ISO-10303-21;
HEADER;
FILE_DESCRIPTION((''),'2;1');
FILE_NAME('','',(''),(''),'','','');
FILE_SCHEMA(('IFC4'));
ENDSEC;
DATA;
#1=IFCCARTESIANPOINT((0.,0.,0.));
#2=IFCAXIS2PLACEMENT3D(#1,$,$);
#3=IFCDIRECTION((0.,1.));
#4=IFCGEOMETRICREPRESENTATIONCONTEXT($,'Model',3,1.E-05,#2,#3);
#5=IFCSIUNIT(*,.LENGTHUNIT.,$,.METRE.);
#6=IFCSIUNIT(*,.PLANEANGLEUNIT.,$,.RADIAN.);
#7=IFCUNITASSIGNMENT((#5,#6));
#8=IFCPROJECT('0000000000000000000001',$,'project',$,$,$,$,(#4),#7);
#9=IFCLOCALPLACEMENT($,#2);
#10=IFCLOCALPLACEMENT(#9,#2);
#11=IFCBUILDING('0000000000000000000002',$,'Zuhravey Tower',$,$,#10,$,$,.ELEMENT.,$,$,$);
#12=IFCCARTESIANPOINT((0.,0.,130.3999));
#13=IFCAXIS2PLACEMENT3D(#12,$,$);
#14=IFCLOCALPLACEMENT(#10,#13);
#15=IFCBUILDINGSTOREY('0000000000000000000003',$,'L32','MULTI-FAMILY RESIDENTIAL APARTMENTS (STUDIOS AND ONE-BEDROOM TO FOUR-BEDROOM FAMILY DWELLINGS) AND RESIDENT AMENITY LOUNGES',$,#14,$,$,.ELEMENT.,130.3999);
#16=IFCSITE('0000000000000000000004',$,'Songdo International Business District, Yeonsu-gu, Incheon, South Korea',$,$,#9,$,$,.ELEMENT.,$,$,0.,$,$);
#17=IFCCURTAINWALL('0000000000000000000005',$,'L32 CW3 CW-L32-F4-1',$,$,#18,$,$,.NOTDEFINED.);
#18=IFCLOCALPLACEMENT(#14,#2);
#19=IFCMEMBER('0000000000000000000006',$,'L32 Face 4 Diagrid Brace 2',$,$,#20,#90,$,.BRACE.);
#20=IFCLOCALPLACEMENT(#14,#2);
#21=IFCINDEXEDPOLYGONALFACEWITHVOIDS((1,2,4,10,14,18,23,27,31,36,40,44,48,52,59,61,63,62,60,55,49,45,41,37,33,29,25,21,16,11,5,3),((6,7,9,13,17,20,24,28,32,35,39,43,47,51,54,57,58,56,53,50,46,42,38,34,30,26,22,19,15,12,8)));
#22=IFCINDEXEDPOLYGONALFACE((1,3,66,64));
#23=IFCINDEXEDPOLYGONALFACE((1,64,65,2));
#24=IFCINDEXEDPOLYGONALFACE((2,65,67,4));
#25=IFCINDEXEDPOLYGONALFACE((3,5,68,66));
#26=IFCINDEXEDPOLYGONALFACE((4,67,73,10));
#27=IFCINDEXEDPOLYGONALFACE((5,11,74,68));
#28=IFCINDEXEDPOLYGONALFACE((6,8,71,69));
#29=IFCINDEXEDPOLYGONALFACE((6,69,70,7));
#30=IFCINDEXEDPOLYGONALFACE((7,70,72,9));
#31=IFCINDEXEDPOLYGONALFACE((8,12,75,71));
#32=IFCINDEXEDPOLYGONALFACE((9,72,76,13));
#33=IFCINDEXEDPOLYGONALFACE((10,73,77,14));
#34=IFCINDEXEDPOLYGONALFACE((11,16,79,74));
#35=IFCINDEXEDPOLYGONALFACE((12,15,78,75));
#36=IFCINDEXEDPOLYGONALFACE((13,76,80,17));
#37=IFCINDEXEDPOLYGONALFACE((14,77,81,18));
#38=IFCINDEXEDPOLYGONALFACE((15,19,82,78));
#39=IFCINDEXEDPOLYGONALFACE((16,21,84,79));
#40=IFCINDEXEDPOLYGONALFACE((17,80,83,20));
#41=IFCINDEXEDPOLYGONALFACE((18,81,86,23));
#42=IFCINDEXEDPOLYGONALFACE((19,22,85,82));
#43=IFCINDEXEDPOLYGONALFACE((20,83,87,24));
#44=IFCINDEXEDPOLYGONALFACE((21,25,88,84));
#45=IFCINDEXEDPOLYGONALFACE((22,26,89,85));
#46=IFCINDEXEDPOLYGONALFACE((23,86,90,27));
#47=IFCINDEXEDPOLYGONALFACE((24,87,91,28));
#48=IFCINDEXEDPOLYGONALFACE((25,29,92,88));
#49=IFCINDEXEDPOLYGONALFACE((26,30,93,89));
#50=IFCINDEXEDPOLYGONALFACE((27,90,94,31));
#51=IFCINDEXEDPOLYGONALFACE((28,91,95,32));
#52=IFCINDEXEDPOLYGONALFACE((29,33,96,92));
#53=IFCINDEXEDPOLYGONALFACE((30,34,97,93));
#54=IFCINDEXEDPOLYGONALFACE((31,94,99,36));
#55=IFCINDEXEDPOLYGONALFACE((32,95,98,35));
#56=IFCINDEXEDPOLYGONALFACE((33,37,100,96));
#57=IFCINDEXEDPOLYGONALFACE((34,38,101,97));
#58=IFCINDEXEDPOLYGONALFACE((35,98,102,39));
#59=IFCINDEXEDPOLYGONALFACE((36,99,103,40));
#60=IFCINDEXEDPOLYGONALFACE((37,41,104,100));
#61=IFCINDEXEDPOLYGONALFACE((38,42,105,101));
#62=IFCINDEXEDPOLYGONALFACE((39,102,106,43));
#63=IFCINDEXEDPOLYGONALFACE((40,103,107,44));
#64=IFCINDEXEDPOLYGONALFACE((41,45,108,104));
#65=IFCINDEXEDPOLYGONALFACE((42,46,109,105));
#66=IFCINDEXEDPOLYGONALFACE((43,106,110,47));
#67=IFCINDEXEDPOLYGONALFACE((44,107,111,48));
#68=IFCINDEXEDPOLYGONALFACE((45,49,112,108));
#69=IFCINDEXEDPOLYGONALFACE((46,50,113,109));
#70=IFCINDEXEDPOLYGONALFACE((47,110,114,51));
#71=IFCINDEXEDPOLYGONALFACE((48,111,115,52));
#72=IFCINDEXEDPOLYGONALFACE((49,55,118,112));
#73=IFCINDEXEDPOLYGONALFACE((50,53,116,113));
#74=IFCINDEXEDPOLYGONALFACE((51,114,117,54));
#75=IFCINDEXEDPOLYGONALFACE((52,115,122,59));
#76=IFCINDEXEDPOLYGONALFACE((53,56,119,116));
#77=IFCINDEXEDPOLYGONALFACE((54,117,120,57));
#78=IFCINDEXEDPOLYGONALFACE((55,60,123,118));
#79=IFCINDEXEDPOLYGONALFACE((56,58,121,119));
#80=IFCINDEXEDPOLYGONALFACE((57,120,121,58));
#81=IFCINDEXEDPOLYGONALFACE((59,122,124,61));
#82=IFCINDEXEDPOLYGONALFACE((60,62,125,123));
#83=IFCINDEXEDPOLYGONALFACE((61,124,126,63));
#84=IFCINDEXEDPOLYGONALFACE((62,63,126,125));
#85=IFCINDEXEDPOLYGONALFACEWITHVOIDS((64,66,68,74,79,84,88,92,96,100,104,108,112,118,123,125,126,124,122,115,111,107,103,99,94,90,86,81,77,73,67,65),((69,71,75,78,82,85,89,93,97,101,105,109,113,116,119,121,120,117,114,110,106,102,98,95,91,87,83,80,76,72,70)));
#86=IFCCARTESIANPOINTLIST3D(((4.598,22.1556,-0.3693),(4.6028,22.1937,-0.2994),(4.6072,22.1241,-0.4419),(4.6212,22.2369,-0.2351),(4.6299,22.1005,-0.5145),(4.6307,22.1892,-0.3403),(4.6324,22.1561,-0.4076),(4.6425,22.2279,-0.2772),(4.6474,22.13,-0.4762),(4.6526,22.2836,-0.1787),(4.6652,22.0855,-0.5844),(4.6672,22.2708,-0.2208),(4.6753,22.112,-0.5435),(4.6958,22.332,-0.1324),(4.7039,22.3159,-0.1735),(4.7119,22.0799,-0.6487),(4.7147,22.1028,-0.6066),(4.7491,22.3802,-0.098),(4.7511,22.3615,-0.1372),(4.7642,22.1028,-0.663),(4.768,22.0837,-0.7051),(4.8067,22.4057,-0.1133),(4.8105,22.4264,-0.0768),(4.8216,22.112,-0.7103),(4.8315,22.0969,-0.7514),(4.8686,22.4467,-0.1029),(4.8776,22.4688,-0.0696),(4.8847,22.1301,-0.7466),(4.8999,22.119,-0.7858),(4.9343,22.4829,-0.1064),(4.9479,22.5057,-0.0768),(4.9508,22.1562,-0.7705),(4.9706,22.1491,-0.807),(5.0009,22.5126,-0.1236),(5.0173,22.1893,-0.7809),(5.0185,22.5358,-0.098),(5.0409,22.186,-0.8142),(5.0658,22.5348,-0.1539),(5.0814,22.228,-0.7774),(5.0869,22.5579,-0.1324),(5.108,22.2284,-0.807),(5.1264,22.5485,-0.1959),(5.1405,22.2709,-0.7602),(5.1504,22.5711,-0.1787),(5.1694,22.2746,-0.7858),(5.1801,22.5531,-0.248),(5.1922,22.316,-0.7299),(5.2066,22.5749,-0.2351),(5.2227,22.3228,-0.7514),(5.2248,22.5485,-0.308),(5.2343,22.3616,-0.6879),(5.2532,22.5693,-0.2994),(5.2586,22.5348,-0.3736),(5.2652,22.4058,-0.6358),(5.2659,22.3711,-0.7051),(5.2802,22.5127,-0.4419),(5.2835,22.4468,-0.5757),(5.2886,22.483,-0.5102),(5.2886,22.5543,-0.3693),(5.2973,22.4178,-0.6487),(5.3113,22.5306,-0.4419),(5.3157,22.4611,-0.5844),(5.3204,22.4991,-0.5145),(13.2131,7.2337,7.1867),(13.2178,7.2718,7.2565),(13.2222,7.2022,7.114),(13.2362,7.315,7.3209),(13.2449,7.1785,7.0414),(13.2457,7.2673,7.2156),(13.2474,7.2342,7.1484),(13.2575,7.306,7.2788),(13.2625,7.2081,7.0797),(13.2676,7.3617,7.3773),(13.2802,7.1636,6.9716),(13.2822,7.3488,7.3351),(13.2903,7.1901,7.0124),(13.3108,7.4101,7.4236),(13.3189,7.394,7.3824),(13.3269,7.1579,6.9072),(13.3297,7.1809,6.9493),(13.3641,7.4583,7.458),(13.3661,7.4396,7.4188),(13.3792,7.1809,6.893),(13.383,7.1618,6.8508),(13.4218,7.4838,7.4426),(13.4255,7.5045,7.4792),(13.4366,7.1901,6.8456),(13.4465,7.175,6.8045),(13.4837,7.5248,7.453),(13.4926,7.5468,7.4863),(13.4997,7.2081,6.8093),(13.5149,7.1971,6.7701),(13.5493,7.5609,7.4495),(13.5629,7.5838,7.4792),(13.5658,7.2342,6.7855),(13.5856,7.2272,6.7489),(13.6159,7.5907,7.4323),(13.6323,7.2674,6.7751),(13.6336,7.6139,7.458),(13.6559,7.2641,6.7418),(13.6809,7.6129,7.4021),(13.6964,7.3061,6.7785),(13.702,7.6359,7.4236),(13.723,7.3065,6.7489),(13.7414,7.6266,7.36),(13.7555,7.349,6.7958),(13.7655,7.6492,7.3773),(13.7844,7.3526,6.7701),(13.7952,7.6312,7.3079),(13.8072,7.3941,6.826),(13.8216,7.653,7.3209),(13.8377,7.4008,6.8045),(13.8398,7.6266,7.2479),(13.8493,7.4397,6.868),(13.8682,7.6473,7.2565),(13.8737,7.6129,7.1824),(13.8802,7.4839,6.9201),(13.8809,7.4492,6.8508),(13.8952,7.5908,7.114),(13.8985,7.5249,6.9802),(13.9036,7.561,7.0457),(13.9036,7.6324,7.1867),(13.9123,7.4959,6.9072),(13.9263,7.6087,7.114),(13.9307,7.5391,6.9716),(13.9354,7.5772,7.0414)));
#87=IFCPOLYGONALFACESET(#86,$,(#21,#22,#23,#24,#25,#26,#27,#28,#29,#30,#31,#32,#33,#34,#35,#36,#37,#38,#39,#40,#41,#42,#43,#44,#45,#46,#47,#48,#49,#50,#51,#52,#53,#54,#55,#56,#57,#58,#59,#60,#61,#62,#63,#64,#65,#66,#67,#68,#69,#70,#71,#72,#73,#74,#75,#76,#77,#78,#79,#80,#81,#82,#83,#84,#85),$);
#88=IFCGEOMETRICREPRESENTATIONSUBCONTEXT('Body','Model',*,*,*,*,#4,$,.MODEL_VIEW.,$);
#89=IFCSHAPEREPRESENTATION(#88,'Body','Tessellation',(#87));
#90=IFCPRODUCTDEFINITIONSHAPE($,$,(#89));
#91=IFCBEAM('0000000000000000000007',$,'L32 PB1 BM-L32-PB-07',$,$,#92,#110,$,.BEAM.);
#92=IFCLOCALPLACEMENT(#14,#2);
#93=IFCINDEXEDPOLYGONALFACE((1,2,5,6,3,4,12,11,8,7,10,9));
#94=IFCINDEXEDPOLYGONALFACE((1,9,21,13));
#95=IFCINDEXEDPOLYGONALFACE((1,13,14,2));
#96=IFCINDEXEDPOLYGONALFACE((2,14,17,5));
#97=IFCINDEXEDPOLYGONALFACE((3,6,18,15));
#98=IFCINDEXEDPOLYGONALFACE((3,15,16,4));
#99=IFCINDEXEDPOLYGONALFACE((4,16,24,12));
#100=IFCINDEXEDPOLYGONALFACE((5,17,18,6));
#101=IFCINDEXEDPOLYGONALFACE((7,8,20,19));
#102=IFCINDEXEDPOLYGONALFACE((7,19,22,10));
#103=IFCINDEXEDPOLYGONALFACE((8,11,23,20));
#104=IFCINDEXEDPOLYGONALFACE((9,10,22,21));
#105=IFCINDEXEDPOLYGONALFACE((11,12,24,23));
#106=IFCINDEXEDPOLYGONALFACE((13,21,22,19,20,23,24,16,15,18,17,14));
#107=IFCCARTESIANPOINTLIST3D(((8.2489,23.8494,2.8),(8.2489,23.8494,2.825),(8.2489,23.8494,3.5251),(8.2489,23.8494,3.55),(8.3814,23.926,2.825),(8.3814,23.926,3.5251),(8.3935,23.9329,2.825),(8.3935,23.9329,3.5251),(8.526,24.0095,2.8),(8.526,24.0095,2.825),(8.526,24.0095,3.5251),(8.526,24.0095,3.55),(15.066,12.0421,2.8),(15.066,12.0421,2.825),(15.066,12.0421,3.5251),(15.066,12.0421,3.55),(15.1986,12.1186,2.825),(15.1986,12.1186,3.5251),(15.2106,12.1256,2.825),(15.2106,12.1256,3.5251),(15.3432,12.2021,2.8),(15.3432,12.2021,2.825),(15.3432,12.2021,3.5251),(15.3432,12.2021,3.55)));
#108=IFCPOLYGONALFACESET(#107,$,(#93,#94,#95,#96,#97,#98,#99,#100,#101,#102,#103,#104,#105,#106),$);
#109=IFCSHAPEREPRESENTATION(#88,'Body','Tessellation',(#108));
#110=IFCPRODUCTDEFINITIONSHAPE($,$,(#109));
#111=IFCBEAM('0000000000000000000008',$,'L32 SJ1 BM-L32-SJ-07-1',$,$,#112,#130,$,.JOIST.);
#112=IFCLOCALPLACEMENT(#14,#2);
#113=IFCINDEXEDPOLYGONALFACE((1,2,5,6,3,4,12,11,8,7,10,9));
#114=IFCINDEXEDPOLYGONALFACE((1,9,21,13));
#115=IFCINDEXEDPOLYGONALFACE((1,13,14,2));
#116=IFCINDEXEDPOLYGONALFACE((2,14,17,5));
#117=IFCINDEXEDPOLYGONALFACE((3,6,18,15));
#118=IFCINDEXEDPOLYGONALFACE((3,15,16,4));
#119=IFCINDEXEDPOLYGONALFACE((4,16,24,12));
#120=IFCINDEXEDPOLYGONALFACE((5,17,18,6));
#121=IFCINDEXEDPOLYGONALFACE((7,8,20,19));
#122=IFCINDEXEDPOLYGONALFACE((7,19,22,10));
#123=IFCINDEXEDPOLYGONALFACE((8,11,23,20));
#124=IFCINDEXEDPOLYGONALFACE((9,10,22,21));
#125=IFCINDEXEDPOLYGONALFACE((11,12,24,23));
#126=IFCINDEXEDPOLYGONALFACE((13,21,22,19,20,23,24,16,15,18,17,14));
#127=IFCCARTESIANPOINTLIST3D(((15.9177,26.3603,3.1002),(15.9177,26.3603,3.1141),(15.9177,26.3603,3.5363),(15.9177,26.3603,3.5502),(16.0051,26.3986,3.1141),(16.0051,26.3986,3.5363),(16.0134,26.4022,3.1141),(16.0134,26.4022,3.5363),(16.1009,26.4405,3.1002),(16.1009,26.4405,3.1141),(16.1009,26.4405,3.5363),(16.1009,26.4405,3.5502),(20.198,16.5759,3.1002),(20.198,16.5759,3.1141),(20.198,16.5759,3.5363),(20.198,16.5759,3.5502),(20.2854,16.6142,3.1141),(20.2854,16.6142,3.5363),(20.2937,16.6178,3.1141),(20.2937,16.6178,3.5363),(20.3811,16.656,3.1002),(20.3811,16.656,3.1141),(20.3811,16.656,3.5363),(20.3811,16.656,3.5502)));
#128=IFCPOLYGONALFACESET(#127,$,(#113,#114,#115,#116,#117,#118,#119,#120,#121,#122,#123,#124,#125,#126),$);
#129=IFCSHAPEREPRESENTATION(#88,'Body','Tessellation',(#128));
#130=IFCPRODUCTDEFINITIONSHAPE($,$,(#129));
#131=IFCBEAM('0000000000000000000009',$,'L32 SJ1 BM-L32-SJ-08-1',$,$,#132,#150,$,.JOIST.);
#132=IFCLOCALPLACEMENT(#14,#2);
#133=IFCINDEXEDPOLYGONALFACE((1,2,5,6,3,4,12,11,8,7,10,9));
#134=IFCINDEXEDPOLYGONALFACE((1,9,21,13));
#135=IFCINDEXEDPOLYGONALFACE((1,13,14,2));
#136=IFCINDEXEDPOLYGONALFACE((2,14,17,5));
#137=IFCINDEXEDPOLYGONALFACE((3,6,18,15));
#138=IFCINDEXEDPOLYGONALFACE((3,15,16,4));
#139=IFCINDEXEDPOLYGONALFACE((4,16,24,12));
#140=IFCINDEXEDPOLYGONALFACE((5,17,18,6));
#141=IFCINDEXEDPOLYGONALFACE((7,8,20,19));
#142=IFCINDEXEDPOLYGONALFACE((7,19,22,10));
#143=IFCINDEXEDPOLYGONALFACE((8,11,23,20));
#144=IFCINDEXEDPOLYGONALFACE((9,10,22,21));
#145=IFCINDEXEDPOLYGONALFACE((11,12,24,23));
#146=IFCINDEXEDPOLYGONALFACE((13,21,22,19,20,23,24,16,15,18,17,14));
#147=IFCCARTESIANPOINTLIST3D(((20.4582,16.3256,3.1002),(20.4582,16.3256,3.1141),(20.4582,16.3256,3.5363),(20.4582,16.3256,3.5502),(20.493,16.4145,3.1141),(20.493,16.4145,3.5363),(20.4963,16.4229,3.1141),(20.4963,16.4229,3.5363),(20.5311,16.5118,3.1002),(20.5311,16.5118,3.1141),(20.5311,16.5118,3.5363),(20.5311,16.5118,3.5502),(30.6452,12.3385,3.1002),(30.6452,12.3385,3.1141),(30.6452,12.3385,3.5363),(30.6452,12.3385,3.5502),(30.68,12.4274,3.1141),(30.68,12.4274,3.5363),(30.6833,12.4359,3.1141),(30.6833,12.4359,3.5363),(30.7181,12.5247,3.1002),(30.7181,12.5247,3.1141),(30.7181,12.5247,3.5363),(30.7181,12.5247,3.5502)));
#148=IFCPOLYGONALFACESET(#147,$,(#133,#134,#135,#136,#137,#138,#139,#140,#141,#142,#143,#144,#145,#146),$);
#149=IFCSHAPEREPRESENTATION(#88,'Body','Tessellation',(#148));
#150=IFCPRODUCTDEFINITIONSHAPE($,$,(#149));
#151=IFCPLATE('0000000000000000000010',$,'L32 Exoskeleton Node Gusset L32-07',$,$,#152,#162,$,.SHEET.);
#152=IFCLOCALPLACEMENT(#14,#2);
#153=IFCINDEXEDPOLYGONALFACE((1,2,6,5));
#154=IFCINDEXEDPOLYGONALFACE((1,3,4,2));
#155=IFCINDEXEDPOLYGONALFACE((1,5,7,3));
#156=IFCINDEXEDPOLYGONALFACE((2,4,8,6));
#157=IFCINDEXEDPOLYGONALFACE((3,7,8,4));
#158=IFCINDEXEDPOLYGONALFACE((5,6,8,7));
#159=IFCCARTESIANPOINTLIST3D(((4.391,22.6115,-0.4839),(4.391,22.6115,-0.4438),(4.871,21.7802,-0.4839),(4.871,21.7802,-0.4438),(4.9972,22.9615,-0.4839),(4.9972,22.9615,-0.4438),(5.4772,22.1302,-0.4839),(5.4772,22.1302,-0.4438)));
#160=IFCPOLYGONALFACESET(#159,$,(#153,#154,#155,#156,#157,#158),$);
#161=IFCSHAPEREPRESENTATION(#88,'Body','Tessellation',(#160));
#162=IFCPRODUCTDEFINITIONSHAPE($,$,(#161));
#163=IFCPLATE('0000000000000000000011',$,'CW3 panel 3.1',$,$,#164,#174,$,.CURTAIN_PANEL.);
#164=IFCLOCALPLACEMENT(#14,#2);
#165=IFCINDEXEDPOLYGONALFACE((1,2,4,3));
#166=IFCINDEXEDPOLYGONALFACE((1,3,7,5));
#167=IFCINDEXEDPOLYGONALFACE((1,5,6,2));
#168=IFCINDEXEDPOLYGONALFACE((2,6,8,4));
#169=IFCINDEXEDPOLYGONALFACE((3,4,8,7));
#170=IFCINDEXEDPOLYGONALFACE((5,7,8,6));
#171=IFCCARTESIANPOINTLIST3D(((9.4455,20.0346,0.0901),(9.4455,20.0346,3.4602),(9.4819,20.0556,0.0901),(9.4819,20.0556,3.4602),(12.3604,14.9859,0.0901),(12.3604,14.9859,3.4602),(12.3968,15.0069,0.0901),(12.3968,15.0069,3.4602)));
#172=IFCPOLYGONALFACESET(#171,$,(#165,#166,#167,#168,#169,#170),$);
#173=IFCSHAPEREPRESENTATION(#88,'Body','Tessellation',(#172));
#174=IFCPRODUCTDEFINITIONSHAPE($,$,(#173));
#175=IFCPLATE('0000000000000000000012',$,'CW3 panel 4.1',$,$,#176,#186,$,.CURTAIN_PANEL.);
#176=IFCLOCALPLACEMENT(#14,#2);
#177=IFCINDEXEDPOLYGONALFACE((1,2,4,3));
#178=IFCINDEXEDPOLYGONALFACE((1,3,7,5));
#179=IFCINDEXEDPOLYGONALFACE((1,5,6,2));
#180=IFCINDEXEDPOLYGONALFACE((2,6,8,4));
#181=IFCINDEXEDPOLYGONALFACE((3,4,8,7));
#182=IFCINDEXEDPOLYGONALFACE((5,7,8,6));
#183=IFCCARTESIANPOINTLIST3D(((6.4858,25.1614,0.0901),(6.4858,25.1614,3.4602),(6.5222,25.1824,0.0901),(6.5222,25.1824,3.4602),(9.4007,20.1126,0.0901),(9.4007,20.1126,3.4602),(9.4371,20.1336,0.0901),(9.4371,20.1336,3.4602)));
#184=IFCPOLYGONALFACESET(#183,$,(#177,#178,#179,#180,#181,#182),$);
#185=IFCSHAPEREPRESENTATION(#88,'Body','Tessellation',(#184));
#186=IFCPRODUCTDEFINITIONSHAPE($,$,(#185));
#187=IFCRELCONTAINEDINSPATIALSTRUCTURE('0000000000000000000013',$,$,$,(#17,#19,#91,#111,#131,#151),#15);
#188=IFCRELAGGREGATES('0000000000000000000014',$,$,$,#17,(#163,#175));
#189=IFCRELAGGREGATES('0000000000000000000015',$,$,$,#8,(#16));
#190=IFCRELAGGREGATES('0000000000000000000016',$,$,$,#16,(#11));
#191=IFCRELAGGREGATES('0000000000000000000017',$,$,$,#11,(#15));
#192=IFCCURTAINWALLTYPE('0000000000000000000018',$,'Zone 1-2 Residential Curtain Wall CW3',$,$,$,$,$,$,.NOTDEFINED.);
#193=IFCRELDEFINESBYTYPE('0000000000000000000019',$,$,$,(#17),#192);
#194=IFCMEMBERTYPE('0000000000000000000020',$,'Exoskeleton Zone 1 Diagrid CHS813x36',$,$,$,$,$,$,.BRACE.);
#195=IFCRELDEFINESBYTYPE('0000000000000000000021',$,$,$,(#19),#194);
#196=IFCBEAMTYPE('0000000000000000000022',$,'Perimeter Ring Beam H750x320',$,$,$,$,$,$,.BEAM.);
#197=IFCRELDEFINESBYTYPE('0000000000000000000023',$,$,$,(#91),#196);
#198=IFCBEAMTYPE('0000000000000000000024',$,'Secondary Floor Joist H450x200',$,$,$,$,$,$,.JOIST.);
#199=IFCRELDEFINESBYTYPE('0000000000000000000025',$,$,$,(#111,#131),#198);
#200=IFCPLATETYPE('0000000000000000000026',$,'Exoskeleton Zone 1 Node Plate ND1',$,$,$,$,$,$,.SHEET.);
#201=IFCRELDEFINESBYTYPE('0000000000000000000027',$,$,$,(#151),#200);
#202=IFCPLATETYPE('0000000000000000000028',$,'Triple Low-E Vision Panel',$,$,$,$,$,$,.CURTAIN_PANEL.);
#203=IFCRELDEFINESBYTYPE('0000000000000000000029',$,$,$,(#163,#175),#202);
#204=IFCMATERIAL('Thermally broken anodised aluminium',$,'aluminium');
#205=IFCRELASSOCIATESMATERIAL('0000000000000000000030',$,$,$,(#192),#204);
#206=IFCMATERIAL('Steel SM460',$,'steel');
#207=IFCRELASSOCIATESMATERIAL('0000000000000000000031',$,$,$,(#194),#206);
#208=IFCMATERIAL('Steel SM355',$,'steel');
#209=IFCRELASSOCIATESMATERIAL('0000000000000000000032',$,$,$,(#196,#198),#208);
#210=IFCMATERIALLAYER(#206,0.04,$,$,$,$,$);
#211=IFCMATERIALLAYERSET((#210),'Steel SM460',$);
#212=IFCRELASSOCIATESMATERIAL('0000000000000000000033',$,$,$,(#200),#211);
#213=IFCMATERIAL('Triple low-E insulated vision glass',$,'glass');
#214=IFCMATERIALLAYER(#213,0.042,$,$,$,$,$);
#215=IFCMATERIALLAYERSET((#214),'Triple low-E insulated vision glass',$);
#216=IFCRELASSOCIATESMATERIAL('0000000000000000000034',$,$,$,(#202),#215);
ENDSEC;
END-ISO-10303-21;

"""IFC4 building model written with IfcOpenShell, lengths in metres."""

from ifc_helpers import new_model, si_unit, direction, frame, origin, origin_2d, place, context, subcontext, project, spatial, rectangle, hollow_circle, i_section, extrude, material, layer, layer_set, material_profile, profile_set, type_object, element, aggregate, save


model = new_model("IFC4")

# Units and contexts
model_context = context("Model", 3, precision=1e-05, world=origin(), true_north=direction((0.0, 1.0)))
body_context = subcontext(model_context, "Body", "Model", "MODEL_VIEW")
ifc_project = project(units=[si_unit("LENGTHUNIT", "METRE"), si_unit("PLANEANGLEUNIT", "RADIAN")], contexts=[model_context])

# Site, building, storey
site_placement = place(None, origin())
site = spatial("IfcSite", under=ifc_project, at=site_placement, Name="Songdo International Business District, Yeonsu-gu, Incheon, South Korea", CompositionType="ELEMENT", RefElevation=0.0)
building_placement = place(site_placement, origin())
building = spatial("IfcBuilding", under=site, at=building_placement, Name="Zuhravey Tower", CompositionType="ELEMENT")
storey_placement = place(building_placement, frame((0.0, 0.0, 130.3999)))
storey = spatial("IfcBuildingStorey", under=building, at=storey_placement, Name="L32", Description="MULTI-FAMILY RESIDENTIAL APARTMENTS (STUDIOS AND ONE-BEDROOM TO FOUR-BEDROOM FAMILY DWELLINGS) AND RESIDENT AMENITY LOUNGES", CompositionType="ELEMENT", Elevation=130.3999)

# Curtain wall
ifc_material_1 = material(Name="Thermally broken anodised aluminium", Category="aluminium")
curtain_wall_type = type_object("IfcCurtainWallType", Name="Zone 1-2 Residential Curtain Wall CW3", PredefinedType="NOTDEFINED", material=ifc_material_1)
curtain_wall_placement = place(storey_placement, origin())
curtain_wall = element("IfcCurtainWall", 1, at=curtain_wall_placement, inside=storey, type_object=curtain_wall_type, Name="L32 CW3 CW-L32-F4-1", PredefinedType="NOTDEFINED")

# Member
ifc_material_2 = material(Name="Steel SM355", Category="steel")
ifc_material_3 = material(Name="Steel SM460", Category="steel")
ifc_material_profile_1 = material_profile(ifc_material_3, hollow_circle(Radius=0.4065, WallThickness=0.0359, at=origin_2d()), Name="CHS-812.8x36")
ifc_profile_set_1 = profile_set([ifc_material_profile_1], Name="Steel SM460")
member_type_1 = type_object("IfcMemberType", Name="Exoskeleton Zone 1 Diagrid CHS813x36", PredefinedType="BRACE", material=ifc_profile_set_1)
member_1_placement = place(storey_placement, frame((4.9592, 22.3274, -0.4419), z_axis=(0.4579, -0.79312, 0.401608), x_axis=(0.866029, 0.499993, 0.0)))
element("IfcMember", 2, at=member_1_placement, inside=storey, type_object=member_type_1, Name="L32 Face 4 Diagrid Brace 2", PredefinedType="BRACE", context=body_context, shape_type="SweptSolid", body=[
    extrude(hollow_circle(Radius=0.4065, WallThickness=0.0359, at=origin_2d()), origin(), (0.0, 0.0, 1.0), 18.8142),
])

# Beams
ifc_material_profile_2 = material_profile(ifc_material_2, i_section(OverallWidth=0.3201, OverallDepth=0.75, WebThickness=0.0139, FlangeThickness=0.0249, at=origin_2d()), Name="H-750x320x14x25")
ifc_profile_set_2 = profile_set([ifc_material_profile_2], Name="Steel SM355")
beam_type_1 = type_object("IfcBeamType", Name="Perimeter Ring Beam H750x320", PredefinedType="BEAM", material=ifc_profile_set_2)
beam_1_placement = place(storey_placement, frame((8.3875, 23.9294, 3.175), z_axis=(0.500008, -0.866021, 0.0), x_axis=(0.866021, 0.500008, 0.0)))
element("IfcBeam", 3, at=beam_1_placement, inside=storey, type_object=beam_type_1, Name="L32 PB1 BM-L32-PB-07", PredefinedType="BEAM", context=body_context, shape_type="SweptSolid", body=[
    extrude(i_section(OverallWidth=0.3201, OverallDepth=0.75, WebThickness=0.0139, FlangeThickness=0.0249, at=origin_2d()), origin(), (0.0, 0.0, 1.0), 13.634),
])
ifc_material_profile_3 = material_profile(ifc_material_2, i_section(OverallWidth=0.2, OverallDepth=0.45, WebThickness=0.009, FlangeThickness=0.0139, at=origin_2d()), Name="H-450x200x9x14")
ifc_profile_set_3 = profile_set([ifc_material_profile_3], Name="Steel SM355")
beam_type_2 = type_object("IfcBeamType", Name="Secondary Floor Joist H450x200", PredefinedType="JOIST", material=ifc_profile_set_3)
beam_2_placement = place(storey_placement, frame((16.0093, 26.4004, 3.3252), z_axis=(0.400786, -0.916172, 0.0), x_axis=(0.916172, 0.400786, 0.0)))
element("IfcBeam", 4, at=beam_2_placement, inside=storey, type_object=beam_type_2, Name="L32 SJ1 BM-L32-SJ-07-1", PredefinedType="JOIST", context=body_context, shape_type="SweptSolid", body=[
    extrude(i_section(OverallWidth=0.2, OverallDepth=0.45, WebThickness=0.009, FlangeThickness=0.0139, at=origin_2d()), origin(), (0.0, 0.0, 1.0), 10.6797),
])
beam_3_placement = place(storey_placement, frame((20.4946, 16.4187, 3.3252), z_axis=(0.931217, -0.364466, 0.0), x_axis=(0.364466, 0.931217, 0.0)))
element("IfcBeam", 5, at=beam_3_placement, inside=storey, type_object=beam_type_2, Name="L32 SJ1 BM-L32-SJ-08-1", PredefinedType="JOIST", context=body_context, shape_type="SweptSolid", body=[
    extrude(i_section(OverallWidth=0.2, OverallDepth=0.45, WebThickness=0.009, FlangeThickness=0.0139, at=origin_2d()), origin(), (0.0, 0.0, 1.0), 10.9395),
])

# Plates
ifc_layer_1 = layer(ifc_material_3, 0.04)
ifc_layer_set_1 = layer_set([ifc_layer_1], Name="Steel SM460")
plate_type_1 = type_object("IfcPlateType", Name="Exoskeleton Zone 1 Node Plate ND1", PredefinedType="SHEET", material=ifc_layer_set_1)
plate_1_placement = place(storey_placement, frame((4.9341, 22.3708, -0.4839), z_axis=(0.0, 0.0, 1.0), x_axis=(0.5, -0.866025, 0.0)))
element("IfcPlate", 6, at=plate_1_placement, inside=storey, type_object=plate_type_1, Name="L32 Exoskeleton Node Gusset L32-07", PredefinedType="SHEET", context=body_context, shape_type="SweptSolid", body=[
    extrude(rectangle(XDim=0.96, YDim=0.7, at=origin_2d()), origin(), (0.0, 0.0, 1.0), 0.04),
])
ifc_material_4 = material(Name="Triple low-E insulated vision glass", Category="glass")
ifc_layer_2 = layer(ifc_material_4, 0.042)
ifc_layer_set_2 = layer_set([ifc_layer_2], Name="Triple low-E insulated vision glass")
plate_type_2 = type_object("IfcPlateType", Name="Triple Low-E Vision Panel", PredefinedType="CURTAIN_PANEL", material=ifc_layer_set_2)
plate_2_placement = place(storey_placement, frame((10.9211, 17.5208, 0.0901), z_axis=(0.0, 0.0, 1.0), x_axis=(-0.5, 0.866026, 0.0)))
plate_2 = element("IfcPlate", 7, at=plate_2_placement, type_object=plate_type_2, Name="CW3 panel 3.1", PredefinedType="CURTAIN_PANEL", context=body_context, shape_type="SweptSolid", body=[
    extrude(rectangle(XDim=5.8298, YDim=0.042, at=origin_2d()), origin(), (0.0, 0.0, 1.0), 3.3701),
])
plate_3_placement = place(storey_placement, frame((7.9614, 22.6475, 0.0901), z_axis=(0.0, 0.0, 1.0), x_axis=(-0.5, 0.866026, 0.0)))
plate_3 = element("IfcPlate", 8, at=plate_3_placement, type_object=plate_type_2, Name="CW3 panel 4.1", PredefinedType="CURTAIN_PANEL", context=body_context, shape_type="SweptSolid", body=[
    extrude(rectangle(XDim=5.8298, YDim=0.042, at=origin_2d()), origin(), (0.0, 0.0, 1.0), 3.3701),
])
aggregate(curtain_wall, [plate_2, plate_3])

save(model, "model.ifc")
